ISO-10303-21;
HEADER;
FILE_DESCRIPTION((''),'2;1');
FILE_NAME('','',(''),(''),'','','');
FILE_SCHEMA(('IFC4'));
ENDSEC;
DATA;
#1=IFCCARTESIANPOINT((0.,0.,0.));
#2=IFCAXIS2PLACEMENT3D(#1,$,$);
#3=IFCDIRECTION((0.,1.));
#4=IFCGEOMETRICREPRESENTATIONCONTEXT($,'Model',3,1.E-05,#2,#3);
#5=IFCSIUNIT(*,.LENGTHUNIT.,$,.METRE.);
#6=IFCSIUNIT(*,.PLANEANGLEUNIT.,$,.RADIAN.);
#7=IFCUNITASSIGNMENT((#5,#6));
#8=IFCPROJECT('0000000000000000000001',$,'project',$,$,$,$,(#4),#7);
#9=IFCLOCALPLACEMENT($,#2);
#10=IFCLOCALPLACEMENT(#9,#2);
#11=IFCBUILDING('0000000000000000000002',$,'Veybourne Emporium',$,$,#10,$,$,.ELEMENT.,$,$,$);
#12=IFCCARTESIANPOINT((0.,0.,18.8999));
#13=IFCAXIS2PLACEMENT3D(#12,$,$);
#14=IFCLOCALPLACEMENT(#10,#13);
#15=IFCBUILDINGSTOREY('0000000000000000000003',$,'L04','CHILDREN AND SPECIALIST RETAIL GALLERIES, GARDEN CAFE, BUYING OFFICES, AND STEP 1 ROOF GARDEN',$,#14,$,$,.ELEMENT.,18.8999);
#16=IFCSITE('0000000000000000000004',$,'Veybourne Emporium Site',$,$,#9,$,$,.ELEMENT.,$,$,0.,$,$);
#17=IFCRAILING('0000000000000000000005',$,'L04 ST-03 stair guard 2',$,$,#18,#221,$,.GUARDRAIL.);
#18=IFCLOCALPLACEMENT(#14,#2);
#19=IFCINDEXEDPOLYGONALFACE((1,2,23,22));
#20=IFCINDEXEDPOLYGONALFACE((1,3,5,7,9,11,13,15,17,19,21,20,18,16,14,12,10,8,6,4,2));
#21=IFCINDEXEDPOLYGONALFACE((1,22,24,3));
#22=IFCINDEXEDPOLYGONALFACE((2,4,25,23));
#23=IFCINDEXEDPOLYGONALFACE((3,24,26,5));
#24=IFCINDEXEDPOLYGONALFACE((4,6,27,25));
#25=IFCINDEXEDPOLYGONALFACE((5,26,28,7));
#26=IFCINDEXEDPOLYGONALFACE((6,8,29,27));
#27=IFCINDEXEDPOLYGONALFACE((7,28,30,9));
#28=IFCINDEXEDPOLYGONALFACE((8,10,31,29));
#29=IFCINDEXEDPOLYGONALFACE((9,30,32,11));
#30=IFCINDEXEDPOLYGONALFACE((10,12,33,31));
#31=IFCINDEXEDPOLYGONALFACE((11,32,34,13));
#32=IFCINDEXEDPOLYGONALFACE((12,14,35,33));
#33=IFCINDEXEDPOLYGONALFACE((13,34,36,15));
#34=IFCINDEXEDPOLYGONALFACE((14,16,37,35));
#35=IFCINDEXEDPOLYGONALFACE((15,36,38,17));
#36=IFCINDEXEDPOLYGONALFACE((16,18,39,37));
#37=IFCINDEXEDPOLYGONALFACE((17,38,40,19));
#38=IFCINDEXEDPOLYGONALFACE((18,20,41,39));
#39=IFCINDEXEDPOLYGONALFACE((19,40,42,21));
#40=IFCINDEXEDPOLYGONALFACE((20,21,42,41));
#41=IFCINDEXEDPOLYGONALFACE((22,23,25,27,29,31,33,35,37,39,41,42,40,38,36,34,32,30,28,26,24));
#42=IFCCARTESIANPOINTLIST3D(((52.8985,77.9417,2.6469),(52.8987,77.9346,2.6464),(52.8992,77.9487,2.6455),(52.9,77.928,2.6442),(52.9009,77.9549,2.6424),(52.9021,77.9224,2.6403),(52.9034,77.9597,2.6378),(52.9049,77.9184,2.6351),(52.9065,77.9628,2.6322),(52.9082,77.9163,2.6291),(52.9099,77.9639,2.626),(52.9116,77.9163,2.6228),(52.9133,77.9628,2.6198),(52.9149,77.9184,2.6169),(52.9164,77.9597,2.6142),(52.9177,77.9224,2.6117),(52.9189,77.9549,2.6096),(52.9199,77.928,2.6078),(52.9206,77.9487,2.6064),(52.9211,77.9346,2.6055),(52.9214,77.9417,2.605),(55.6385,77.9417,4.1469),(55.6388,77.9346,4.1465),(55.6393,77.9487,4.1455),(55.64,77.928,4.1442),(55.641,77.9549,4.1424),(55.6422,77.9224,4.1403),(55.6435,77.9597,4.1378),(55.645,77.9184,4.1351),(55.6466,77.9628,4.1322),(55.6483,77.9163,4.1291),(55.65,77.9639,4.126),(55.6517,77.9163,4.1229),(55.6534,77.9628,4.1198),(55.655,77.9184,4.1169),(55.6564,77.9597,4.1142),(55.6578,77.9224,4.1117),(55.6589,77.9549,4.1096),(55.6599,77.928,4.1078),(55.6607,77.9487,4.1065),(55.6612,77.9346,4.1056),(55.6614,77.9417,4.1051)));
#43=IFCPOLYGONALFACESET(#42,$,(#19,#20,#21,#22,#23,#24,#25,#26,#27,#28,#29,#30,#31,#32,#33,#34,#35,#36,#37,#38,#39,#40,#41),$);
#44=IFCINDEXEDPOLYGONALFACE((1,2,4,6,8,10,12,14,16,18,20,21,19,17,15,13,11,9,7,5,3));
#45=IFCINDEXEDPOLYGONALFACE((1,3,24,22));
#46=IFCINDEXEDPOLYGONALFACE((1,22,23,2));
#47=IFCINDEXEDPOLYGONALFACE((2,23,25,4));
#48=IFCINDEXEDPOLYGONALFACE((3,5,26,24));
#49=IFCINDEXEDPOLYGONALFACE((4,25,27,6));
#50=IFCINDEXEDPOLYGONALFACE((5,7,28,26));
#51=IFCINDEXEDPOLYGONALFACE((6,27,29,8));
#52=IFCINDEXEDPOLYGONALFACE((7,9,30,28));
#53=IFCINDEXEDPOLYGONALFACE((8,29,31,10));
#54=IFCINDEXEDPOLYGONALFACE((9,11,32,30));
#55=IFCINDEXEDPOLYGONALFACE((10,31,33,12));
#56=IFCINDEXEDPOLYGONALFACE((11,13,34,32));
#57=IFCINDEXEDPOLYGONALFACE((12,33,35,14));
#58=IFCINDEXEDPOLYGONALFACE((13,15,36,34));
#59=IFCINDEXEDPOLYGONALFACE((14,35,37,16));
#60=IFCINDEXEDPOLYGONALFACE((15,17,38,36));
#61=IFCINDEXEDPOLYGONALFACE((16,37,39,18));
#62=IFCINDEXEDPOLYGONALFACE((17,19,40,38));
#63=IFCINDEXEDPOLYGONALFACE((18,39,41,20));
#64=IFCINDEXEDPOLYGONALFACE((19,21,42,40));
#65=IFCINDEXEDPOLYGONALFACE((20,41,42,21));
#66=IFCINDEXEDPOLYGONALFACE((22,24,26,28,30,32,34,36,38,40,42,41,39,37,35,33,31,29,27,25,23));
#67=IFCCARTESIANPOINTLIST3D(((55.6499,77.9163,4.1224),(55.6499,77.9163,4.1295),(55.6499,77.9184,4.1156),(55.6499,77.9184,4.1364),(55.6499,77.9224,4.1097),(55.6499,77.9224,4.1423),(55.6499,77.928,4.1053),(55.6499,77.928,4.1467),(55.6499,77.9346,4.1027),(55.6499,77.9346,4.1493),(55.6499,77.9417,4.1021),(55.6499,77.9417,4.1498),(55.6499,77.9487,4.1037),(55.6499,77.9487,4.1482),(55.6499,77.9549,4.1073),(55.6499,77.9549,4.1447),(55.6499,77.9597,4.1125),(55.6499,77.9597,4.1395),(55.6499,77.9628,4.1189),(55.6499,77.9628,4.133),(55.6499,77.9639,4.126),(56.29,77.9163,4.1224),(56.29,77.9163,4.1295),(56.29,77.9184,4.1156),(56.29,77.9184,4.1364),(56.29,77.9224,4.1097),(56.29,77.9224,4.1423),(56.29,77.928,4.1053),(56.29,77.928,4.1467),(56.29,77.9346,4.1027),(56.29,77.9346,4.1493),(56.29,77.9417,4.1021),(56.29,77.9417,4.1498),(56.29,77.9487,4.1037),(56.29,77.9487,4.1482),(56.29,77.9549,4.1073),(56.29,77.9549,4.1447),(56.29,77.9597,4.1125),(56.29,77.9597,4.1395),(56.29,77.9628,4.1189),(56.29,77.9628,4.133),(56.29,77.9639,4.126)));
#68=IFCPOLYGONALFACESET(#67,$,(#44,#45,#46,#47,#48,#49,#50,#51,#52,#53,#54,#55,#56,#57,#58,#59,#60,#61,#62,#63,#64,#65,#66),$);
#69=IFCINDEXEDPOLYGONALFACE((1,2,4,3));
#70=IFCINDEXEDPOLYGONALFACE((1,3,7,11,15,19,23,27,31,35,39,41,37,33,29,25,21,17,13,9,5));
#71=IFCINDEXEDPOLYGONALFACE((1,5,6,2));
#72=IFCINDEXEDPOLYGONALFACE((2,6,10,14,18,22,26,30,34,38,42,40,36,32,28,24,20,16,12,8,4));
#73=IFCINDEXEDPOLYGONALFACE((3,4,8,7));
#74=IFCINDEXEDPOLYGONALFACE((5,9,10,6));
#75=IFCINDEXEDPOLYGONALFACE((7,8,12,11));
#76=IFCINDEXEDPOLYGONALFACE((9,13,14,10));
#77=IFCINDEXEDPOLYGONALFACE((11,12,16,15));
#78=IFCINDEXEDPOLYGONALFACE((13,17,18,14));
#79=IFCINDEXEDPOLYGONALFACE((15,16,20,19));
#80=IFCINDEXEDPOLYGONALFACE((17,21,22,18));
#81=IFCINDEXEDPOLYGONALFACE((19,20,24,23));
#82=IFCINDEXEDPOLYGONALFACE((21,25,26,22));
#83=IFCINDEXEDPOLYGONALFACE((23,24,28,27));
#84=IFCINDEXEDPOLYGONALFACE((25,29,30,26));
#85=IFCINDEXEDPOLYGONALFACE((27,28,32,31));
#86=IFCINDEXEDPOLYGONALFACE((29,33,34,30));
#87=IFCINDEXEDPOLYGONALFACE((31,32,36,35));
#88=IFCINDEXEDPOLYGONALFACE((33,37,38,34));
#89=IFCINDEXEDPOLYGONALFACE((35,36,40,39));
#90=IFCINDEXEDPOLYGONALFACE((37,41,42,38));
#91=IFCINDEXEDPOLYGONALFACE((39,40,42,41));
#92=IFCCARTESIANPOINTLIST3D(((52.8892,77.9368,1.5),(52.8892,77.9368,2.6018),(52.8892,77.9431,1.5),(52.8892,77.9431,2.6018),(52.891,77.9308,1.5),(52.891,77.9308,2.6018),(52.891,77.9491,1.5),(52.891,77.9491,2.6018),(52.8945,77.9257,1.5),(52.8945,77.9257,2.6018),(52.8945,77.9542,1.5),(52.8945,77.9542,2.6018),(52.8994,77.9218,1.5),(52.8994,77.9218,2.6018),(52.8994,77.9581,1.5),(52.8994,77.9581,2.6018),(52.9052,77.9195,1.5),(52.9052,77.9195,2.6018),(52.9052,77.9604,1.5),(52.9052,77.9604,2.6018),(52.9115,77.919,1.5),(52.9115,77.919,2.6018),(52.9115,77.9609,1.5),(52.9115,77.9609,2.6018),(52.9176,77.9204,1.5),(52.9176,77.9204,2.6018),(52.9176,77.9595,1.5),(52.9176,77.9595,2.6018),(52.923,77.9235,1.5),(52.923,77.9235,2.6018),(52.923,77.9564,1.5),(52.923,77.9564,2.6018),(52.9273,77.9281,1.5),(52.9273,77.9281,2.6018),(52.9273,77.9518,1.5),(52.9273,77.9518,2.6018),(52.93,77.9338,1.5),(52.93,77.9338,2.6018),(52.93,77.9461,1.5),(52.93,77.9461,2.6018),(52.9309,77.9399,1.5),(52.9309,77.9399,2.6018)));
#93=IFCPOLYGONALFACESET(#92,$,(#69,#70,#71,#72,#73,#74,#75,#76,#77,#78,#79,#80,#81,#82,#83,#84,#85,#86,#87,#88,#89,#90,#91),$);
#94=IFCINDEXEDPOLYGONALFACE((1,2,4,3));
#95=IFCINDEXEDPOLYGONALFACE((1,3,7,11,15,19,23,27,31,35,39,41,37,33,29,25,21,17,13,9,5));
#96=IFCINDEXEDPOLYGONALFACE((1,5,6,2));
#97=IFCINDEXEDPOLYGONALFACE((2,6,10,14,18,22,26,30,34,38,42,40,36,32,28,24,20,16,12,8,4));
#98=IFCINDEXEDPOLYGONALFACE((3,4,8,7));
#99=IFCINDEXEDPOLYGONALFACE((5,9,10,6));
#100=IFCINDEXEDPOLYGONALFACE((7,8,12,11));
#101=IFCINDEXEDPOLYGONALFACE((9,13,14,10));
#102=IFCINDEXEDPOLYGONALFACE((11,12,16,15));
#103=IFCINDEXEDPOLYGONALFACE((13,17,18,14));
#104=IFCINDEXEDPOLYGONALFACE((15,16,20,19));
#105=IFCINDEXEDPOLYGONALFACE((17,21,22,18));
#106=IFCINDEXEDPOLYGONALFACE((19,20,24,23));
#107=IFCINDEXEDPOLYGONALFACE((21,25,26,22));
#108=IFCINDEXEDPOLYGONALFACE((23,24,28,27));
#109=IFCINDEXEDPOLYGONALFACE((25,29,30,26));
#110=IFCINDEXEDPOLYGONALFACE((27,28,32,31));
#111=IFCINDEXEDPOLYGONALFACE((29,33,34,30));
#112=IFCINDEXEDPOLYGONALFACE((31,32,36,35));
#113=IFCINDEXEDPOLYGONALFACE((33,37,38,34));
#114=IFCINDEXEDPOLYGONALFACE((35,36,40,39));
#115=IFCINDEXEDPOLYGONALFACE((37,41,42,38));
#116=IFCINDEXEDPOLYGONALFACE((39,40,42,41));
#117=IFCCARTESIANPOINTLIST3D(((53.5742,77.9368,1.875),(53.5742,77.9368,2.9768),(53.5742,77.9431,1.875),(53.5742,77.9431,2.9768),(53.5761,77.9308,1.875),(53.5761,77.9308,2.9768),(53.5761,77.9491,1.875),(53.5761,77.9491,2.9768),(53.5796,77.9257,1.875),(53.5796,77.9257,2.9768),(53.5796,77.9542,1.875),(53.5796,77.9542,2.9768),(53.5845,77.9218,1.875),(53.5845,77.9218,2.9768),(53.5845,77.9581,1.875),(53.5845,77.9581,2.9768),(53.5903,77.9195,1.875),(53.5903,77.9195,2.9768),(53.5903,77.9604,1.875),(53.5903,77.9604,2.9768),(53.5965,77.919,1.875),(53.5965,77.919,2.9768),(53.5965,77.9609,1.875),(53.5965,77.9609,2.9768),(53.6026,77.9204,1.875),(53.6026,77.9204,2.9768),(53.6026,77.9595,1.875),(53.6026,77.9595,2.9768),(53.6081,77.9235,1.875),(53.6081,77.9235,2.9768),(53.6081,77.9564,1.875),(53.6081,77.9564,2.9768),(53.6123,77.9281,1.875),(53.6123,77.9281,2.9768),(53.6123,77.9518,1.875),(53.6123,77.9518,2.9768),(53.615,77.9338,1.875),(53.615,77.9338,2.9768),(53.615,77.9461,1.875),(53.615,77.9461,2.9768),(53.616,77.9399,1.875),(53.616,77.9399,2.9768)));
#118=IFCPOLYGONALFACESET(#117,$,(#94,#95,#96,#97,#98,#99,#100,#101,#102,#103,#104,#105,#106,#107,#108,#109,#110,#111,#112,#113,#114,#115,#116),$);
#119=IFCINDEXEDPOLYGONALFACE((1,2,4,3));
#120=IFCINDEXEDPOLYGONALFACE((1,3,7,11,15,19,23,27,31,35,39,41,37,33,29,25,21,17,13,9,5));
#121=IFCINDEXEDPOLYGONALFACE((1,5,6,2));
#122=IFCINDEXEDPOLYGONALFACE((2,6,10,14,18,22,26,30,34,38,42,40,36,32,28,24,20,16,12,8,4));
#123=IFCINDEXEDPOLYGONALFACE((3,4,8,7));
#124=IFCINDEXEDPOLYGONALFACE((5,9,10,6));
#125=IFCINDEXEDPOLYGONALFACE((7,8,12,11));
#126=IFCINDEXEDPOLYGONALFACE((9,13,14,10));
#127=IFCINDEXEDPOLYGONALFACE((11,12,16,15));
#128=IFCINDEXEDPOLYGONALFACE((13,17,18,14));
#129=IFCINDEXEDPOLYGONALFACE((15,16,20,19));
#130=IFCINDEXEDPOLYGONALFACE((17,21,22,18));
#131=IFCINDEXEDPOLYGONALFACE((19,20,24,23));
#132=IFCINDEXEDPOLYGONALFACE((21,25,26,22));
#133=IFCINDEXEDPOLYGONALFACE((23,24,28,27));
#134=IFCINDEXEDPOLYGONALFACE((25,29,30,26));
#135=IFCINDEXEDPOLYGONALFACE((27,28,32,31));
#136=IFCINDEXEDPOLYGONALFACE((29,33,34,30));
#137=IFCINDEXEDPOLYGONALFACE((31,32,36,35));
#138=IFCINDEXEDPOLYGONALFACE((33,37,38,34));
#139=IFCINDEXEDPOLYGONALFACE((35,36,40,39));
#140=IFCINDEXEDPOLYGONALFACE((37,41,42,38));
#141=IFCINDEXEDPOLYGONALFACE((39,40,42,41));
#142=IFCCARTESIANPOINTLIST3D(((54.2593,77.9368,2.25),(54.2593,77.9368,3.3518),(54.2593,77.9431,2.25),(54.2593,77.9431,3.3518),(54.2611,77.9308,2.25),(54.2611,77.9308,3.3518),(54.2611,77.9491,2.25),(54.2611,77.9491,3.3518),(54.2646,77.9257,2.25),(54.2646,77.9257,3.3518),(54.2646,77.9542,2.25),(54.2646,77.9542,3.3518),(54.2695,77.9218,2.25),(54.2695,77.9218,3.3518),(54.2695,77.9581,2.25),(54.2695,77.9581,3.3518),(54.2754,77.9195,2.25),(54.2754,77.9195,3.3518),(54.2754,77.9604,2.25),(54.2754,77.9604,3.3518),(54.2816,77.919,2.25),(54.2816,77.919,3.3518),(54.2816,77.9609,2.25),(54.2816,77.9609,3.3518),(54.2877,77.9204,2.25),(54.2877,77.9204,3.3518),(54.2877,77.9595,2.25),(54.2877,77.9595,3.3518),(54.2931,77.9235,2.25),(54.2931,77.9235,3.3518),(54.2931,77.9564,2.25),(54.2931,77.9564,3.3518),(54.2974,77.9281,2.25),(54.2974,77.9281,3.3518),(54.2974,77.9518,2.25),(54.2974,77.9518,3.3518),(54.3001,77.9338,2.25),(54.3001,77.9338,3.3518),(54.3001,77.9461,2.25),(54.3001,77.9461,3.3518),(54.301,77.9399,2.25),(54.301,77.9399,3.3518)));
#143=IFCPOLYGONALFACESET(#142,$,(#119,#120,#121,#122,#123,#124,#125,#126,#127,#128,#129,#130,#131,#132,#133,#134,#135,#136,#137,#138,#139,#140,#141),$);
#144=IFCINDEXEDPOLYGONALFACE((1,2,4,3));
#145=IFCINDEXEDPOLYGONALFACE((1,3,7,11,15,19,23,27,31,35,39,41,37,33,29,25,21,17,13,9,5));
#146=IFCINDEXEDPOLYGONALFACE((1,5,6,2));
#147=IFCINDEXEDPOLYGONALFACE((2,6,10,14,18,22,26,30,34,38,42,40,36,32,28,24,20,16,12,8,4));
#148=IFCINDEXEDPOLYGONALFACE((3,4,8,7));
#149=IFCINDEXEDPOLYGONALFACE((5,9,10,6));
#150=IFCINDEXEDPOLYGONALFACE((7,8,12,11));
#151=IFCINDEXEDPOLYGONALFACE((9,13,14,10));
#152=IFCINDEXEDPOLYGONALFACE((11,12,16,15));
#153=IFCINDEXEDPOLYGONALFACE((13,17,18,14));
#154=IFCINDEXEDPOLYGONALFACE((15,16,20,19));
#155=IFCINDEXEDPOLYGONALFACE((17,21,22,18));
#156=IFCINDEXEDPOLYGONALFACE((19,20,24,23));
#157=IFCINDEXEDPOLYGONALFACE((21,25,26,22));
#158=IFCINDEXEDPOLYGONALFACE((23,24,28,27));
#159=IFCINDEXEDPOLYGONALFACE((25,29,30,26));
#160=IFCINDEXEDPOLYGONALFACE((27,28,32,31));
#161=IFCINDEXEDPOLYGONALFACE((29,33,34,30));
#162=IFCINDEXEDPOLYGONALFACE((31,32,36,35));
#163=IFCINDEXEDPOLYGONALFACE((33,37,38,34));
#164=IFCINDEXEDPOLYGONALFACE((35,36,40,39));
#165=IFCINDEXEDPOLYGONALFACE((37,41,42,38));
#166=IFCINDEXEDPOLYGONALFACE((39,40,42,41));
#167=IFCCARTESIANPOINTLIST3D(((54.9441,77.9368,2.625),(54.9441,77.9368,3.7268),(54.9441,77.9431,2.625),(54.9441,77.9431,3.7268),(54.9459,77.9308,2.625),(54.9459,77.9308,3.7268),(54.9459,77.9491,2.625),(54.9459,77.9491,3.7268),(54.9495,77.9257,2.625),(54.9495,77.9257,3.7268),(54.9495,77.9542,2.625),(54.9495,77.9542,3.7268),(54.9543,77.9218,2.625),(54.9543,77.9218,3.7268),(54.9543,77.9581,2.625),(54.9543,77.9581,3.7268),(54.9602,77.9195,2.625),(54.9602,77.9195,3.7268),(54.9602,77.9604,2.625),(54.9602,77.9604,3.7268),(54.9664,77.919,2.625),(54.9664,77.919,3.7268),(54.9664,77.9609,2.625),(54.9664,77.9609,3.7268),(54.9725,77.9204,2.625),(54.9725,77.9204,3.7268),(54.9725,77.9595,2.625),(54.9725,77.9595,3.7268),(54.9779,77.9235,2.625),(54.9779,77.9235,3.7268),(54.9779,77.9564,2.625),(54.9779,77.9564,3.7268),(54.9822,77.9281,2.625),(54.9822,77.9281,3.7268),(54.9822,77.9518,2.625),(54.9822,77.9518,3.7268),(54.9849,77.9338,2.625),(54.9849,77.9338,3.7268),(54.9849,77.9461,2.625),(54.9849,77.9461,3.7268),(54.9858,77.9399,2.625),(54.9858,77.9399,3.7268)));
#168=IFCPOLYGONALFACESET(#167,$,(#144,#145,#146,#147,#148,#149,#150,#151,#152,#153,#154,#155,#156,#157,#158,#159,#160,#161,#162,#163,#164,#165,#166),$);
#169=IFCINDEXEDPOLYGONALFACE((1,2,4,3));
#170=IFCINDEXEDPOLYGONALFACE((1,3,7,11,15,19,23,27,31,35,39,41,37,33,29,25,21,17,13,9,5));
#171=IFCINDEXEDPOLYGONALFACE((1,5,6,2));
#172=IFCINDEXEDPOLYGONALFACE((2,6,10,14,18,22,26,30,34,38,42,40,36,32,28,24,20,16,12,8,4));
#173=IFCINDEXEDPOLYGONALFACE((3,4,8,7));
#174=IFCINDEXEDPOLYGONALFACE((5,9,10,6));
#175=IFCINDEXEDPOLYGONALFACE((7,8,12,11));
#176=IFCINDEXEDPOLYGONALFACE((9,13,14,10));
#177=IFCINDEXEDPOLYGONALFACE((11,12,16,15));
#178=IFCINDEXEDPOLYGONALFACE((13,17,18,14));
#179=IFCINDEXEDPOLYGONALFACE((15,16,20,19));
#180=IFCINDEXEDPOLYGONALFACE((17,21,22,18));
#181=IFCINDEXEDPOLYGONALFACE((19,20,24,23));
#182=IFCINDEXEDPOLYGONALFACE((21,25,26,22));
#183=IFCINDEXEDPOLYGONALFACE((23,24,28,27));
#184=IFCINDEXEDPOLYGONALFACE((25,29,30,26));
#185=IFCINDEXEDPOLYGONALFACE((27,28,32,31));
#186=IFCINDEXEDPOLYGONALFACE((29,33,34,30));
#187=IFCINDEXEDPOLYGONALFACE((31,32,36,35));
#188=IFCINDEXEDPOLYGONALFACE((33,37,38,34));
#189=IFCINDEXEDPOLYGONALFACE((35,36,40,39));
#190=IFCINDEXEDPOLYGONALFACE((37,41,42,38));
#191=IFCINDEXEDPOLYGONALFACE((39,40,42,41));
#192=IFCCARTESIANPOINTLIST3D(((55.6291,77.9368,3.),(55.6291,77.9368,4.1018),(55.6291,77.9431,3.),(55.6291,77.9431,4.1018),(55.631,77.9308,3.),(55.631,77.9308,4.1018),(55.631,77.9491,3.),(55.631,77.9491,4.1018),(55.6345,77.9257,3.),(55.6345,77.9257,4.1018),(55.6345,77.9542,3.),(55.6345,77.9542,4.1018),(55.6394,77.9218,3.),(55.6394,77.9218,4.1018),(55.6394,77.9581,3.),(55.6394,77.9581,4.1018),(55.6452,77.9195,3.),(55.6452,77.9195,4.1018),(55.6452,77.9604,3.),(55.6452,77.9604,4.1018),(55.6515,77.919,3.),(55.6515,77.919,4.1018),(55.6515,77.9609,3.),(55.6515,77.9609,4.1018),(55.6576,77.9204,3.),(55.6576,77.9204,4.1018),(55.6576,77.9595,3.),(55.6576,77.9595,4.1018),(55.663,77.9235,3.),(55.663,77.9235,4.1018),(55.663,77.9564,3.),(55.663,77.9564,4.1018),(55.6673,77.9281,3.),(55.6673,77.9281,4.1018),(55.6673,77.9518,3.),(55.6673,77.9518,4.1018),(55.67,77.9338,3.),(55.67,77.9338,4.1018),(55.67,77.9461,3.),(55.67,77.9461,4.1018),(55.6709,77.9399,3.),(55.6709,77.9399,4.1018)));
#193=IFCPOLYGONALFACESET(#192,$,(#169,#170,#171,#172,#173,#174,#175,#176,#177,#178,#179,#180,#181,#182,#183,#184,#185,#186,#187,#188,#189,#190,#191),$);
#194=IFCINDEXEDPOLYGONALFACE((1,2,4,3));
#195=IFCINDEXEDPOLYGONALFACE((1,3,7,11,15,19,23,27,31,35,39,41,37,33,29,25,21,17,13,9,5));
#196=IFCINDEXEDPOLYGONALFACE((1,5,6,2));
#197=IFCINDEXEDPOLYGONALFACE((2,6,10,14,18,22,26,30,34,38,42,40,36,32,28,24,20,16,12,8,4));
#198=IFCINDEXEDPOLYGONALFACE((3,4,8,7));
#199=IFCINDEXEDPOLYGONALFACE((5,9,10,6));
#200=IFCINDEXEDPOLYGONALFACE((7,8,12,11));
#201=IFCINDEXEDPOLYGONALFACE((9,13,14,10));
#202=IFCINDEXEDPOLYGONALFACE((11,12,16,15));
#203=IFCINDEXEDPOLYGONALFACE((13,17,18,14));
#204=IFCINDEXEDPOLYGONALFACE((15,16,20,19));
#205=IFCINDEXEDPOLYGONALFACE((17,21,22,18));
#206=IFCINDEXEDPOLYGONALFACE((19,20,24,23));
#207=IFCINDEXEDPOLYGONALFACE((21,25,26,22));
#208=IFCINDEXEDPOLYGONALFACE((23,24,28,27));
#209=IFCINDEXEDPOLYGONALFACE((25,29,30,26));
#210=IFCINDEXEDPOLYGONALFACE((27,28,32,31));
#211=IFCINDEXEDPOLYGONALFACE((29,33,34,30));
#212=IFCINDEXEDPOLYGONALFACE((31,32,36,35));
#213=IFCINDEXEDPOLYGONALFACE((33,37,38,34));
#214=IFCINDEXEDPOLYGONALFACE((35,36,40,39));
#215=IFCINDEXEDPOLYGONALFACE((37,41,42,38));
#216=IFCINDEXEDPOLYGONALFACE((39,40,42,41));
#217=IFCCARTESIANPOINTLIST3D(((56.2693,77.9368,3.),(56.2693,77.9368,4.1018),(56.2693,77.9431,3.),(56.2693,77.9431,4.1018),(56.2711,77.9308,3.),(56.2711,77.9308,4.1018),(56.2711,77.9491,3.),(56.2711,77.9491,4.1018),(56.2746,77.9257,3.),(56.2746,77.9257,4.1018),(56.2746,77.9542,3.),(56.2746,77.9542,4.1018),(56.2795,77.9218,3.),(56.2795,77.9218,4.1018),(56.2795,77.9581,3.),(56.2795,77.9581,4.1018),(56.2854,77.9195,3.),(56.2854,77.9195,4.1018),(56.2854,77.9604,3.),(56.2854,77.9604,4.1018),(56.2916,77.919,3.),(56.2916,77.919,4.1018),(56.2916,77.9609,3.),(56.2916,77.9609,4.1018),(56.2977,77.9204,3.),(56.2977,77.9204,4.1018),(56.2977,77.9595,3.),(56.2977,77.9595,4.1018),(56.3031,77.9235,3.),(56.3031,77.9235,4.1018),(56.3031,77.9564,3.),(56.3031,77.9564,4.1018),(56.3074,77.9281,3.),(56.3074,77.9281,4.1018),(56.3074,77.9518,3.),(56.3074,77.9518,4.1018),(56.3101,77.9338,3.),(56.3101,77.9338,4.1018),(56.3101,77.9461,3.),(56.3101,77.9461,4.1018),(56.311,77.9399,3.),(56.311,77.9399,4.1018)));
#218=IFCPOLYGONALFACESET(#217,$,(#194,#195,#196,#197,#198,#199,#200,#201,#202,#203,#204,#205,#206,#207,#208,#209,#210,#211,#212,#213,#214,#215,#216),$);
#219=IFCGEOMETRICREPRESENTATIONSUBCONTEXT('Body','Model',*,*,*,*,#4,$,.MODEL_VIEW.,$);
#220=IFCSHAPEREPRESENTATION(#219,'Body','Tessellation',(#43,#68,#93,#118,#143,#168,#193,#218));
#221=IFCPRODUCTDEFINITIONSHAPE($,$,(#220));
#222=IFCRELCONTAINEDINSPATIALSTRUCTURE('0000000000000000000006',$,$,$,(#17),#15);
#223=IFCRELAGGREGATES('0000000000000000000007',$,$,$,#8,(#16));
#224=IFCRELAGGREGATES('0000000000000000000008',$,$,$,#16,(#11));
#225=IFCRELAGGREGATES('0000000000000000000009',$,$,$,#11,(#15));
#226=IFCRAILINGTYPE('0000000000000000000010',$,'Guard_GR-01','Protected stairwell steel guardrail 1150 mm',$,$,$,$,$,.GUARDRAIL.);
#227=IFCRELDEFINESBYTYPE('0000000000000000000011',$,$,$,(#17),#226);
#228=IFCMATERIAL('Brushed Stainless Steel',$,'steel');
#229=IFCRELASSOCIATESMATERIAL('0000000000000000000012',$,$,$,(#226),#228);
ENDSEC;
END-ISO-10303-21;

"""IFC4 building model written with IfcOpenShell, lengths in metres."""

from ifc_helpers import new_model, si_unit, direction, frame, origin, origin_2d, place, context, subcontext, project, spatial, circle, extrude, material, type_object, element, save


model = new_model("IFC4")

# Units and contexts
model_context = context("Model", 3, precision=1e-05, world=origin(), true_north=direction((0.0, 1.0)))
body_context = subcontext(model_context, "Body", "Model", "MODEL_VIEW")
ifc_project = project(units=[si_unit("LENGTHUNIT", "METRE"), si_unit("PLANEANGLEUNIT", "RADIAN")], contexts=[model_context])

# Site, building, storey
site_placement = place(None, origin())
site = spatial("IfcSite", under=ifc_project, at=site_placement, Name="Veybourne Emporium Site", CompositionType="ELEMENT", RefElevation=0.0)
building_placement = place(site_placement, origin())
building = spatial("IfcBuilding", under=site, at=building_placement, Name="Veybourne Emporium", CompositionType="ELEMENT")
storey_placement = place(building_placement, frame((0.0, 0.0, 18.8999)))
storey = spatial("IfcBuildingStorey", under=building, at=storey_placement, Name="L04", Description="CHILDREN AND SPECIALIST RETAIL GALLERIES, GARDEN CAFE, BUYING OFFICES, AND STEP 1 ROOF GARDEN", CompositionType="ELEMENT", Elevation=18.8999)

# Railing
ifc_material_1 = material(Name="Brushed Stainless Steel", Category="steel")
railing_type_1 = type_object("IfcRailingType", Name="Guard_GR-01", Description="Protected stairwell steel guardrail 1150 mm", PredefinedType="GUARDRAIL", material=ifc_material_1)
railing_1_placement = place(storey_placement, frame((52.9099, 77.9399, 1.5)))
element("IfcRailing", 1, at=railing_1_placement, inside=storey, type_object=railing_type_1, Name="L04 ST-03 stair guard 2", PredefinedType="GUARDRAIL", context=body_context, shape_type="SweptSolid", body=[
    extrude(circle(Radius=0.0239, at=origin_2d()), frame((0.0, 0.0, 1.126), z_axis=(0.87716, 0.0, 0.480199), x_axis=(0.0, 1.0, 0.0)), (0.0, 0.0, 1.0), 3.1238),
    extrude(circle(Radius=0.0239, at=origin_2d()), frame((2.74, 0.0, 2.626), z_axis=(1.0, 0.0, 0.0), x_axis=(0.0, 1.0, 0.0)), (0.0, 0.0, 1.0), 0.6401),
    extrude(circle(Radius=0.021, at=origin_2d()), origin(), (0.0, 0.0, 1.0), 1.1018),
    extrude(circle(Radius=0.021, at=origin_2d()), frame((0.6851, 0.0, 0.375)), (0.0, 0.0, 1.0), 1.1018),
    extrude(circle(Radius=0.021, at=origin_2d()), frame((1.3701, 0.0, 0.75)), (0.0, 0.0, 1.0), 1.1018),
    extrude(circle(Radius=0.021, at=origin_2d()), frame((2.0549, 0.0, 1.125)), (0.0, 0.0, 1.0), 1.1018),
    extrude(circle(Radius=0.021, at=origin_2d()), frame((2.74, 0.0, 1.5)), (0.0, 0.0, 1.0), 1.1018),
    extrude(circle(Radius=0.021, at=origin_2d()), frame((3.3801, 0.0, 1.5)), (0.0, 0.0, 1.0), 1.1018),
])

save(model, "model.ifc")
